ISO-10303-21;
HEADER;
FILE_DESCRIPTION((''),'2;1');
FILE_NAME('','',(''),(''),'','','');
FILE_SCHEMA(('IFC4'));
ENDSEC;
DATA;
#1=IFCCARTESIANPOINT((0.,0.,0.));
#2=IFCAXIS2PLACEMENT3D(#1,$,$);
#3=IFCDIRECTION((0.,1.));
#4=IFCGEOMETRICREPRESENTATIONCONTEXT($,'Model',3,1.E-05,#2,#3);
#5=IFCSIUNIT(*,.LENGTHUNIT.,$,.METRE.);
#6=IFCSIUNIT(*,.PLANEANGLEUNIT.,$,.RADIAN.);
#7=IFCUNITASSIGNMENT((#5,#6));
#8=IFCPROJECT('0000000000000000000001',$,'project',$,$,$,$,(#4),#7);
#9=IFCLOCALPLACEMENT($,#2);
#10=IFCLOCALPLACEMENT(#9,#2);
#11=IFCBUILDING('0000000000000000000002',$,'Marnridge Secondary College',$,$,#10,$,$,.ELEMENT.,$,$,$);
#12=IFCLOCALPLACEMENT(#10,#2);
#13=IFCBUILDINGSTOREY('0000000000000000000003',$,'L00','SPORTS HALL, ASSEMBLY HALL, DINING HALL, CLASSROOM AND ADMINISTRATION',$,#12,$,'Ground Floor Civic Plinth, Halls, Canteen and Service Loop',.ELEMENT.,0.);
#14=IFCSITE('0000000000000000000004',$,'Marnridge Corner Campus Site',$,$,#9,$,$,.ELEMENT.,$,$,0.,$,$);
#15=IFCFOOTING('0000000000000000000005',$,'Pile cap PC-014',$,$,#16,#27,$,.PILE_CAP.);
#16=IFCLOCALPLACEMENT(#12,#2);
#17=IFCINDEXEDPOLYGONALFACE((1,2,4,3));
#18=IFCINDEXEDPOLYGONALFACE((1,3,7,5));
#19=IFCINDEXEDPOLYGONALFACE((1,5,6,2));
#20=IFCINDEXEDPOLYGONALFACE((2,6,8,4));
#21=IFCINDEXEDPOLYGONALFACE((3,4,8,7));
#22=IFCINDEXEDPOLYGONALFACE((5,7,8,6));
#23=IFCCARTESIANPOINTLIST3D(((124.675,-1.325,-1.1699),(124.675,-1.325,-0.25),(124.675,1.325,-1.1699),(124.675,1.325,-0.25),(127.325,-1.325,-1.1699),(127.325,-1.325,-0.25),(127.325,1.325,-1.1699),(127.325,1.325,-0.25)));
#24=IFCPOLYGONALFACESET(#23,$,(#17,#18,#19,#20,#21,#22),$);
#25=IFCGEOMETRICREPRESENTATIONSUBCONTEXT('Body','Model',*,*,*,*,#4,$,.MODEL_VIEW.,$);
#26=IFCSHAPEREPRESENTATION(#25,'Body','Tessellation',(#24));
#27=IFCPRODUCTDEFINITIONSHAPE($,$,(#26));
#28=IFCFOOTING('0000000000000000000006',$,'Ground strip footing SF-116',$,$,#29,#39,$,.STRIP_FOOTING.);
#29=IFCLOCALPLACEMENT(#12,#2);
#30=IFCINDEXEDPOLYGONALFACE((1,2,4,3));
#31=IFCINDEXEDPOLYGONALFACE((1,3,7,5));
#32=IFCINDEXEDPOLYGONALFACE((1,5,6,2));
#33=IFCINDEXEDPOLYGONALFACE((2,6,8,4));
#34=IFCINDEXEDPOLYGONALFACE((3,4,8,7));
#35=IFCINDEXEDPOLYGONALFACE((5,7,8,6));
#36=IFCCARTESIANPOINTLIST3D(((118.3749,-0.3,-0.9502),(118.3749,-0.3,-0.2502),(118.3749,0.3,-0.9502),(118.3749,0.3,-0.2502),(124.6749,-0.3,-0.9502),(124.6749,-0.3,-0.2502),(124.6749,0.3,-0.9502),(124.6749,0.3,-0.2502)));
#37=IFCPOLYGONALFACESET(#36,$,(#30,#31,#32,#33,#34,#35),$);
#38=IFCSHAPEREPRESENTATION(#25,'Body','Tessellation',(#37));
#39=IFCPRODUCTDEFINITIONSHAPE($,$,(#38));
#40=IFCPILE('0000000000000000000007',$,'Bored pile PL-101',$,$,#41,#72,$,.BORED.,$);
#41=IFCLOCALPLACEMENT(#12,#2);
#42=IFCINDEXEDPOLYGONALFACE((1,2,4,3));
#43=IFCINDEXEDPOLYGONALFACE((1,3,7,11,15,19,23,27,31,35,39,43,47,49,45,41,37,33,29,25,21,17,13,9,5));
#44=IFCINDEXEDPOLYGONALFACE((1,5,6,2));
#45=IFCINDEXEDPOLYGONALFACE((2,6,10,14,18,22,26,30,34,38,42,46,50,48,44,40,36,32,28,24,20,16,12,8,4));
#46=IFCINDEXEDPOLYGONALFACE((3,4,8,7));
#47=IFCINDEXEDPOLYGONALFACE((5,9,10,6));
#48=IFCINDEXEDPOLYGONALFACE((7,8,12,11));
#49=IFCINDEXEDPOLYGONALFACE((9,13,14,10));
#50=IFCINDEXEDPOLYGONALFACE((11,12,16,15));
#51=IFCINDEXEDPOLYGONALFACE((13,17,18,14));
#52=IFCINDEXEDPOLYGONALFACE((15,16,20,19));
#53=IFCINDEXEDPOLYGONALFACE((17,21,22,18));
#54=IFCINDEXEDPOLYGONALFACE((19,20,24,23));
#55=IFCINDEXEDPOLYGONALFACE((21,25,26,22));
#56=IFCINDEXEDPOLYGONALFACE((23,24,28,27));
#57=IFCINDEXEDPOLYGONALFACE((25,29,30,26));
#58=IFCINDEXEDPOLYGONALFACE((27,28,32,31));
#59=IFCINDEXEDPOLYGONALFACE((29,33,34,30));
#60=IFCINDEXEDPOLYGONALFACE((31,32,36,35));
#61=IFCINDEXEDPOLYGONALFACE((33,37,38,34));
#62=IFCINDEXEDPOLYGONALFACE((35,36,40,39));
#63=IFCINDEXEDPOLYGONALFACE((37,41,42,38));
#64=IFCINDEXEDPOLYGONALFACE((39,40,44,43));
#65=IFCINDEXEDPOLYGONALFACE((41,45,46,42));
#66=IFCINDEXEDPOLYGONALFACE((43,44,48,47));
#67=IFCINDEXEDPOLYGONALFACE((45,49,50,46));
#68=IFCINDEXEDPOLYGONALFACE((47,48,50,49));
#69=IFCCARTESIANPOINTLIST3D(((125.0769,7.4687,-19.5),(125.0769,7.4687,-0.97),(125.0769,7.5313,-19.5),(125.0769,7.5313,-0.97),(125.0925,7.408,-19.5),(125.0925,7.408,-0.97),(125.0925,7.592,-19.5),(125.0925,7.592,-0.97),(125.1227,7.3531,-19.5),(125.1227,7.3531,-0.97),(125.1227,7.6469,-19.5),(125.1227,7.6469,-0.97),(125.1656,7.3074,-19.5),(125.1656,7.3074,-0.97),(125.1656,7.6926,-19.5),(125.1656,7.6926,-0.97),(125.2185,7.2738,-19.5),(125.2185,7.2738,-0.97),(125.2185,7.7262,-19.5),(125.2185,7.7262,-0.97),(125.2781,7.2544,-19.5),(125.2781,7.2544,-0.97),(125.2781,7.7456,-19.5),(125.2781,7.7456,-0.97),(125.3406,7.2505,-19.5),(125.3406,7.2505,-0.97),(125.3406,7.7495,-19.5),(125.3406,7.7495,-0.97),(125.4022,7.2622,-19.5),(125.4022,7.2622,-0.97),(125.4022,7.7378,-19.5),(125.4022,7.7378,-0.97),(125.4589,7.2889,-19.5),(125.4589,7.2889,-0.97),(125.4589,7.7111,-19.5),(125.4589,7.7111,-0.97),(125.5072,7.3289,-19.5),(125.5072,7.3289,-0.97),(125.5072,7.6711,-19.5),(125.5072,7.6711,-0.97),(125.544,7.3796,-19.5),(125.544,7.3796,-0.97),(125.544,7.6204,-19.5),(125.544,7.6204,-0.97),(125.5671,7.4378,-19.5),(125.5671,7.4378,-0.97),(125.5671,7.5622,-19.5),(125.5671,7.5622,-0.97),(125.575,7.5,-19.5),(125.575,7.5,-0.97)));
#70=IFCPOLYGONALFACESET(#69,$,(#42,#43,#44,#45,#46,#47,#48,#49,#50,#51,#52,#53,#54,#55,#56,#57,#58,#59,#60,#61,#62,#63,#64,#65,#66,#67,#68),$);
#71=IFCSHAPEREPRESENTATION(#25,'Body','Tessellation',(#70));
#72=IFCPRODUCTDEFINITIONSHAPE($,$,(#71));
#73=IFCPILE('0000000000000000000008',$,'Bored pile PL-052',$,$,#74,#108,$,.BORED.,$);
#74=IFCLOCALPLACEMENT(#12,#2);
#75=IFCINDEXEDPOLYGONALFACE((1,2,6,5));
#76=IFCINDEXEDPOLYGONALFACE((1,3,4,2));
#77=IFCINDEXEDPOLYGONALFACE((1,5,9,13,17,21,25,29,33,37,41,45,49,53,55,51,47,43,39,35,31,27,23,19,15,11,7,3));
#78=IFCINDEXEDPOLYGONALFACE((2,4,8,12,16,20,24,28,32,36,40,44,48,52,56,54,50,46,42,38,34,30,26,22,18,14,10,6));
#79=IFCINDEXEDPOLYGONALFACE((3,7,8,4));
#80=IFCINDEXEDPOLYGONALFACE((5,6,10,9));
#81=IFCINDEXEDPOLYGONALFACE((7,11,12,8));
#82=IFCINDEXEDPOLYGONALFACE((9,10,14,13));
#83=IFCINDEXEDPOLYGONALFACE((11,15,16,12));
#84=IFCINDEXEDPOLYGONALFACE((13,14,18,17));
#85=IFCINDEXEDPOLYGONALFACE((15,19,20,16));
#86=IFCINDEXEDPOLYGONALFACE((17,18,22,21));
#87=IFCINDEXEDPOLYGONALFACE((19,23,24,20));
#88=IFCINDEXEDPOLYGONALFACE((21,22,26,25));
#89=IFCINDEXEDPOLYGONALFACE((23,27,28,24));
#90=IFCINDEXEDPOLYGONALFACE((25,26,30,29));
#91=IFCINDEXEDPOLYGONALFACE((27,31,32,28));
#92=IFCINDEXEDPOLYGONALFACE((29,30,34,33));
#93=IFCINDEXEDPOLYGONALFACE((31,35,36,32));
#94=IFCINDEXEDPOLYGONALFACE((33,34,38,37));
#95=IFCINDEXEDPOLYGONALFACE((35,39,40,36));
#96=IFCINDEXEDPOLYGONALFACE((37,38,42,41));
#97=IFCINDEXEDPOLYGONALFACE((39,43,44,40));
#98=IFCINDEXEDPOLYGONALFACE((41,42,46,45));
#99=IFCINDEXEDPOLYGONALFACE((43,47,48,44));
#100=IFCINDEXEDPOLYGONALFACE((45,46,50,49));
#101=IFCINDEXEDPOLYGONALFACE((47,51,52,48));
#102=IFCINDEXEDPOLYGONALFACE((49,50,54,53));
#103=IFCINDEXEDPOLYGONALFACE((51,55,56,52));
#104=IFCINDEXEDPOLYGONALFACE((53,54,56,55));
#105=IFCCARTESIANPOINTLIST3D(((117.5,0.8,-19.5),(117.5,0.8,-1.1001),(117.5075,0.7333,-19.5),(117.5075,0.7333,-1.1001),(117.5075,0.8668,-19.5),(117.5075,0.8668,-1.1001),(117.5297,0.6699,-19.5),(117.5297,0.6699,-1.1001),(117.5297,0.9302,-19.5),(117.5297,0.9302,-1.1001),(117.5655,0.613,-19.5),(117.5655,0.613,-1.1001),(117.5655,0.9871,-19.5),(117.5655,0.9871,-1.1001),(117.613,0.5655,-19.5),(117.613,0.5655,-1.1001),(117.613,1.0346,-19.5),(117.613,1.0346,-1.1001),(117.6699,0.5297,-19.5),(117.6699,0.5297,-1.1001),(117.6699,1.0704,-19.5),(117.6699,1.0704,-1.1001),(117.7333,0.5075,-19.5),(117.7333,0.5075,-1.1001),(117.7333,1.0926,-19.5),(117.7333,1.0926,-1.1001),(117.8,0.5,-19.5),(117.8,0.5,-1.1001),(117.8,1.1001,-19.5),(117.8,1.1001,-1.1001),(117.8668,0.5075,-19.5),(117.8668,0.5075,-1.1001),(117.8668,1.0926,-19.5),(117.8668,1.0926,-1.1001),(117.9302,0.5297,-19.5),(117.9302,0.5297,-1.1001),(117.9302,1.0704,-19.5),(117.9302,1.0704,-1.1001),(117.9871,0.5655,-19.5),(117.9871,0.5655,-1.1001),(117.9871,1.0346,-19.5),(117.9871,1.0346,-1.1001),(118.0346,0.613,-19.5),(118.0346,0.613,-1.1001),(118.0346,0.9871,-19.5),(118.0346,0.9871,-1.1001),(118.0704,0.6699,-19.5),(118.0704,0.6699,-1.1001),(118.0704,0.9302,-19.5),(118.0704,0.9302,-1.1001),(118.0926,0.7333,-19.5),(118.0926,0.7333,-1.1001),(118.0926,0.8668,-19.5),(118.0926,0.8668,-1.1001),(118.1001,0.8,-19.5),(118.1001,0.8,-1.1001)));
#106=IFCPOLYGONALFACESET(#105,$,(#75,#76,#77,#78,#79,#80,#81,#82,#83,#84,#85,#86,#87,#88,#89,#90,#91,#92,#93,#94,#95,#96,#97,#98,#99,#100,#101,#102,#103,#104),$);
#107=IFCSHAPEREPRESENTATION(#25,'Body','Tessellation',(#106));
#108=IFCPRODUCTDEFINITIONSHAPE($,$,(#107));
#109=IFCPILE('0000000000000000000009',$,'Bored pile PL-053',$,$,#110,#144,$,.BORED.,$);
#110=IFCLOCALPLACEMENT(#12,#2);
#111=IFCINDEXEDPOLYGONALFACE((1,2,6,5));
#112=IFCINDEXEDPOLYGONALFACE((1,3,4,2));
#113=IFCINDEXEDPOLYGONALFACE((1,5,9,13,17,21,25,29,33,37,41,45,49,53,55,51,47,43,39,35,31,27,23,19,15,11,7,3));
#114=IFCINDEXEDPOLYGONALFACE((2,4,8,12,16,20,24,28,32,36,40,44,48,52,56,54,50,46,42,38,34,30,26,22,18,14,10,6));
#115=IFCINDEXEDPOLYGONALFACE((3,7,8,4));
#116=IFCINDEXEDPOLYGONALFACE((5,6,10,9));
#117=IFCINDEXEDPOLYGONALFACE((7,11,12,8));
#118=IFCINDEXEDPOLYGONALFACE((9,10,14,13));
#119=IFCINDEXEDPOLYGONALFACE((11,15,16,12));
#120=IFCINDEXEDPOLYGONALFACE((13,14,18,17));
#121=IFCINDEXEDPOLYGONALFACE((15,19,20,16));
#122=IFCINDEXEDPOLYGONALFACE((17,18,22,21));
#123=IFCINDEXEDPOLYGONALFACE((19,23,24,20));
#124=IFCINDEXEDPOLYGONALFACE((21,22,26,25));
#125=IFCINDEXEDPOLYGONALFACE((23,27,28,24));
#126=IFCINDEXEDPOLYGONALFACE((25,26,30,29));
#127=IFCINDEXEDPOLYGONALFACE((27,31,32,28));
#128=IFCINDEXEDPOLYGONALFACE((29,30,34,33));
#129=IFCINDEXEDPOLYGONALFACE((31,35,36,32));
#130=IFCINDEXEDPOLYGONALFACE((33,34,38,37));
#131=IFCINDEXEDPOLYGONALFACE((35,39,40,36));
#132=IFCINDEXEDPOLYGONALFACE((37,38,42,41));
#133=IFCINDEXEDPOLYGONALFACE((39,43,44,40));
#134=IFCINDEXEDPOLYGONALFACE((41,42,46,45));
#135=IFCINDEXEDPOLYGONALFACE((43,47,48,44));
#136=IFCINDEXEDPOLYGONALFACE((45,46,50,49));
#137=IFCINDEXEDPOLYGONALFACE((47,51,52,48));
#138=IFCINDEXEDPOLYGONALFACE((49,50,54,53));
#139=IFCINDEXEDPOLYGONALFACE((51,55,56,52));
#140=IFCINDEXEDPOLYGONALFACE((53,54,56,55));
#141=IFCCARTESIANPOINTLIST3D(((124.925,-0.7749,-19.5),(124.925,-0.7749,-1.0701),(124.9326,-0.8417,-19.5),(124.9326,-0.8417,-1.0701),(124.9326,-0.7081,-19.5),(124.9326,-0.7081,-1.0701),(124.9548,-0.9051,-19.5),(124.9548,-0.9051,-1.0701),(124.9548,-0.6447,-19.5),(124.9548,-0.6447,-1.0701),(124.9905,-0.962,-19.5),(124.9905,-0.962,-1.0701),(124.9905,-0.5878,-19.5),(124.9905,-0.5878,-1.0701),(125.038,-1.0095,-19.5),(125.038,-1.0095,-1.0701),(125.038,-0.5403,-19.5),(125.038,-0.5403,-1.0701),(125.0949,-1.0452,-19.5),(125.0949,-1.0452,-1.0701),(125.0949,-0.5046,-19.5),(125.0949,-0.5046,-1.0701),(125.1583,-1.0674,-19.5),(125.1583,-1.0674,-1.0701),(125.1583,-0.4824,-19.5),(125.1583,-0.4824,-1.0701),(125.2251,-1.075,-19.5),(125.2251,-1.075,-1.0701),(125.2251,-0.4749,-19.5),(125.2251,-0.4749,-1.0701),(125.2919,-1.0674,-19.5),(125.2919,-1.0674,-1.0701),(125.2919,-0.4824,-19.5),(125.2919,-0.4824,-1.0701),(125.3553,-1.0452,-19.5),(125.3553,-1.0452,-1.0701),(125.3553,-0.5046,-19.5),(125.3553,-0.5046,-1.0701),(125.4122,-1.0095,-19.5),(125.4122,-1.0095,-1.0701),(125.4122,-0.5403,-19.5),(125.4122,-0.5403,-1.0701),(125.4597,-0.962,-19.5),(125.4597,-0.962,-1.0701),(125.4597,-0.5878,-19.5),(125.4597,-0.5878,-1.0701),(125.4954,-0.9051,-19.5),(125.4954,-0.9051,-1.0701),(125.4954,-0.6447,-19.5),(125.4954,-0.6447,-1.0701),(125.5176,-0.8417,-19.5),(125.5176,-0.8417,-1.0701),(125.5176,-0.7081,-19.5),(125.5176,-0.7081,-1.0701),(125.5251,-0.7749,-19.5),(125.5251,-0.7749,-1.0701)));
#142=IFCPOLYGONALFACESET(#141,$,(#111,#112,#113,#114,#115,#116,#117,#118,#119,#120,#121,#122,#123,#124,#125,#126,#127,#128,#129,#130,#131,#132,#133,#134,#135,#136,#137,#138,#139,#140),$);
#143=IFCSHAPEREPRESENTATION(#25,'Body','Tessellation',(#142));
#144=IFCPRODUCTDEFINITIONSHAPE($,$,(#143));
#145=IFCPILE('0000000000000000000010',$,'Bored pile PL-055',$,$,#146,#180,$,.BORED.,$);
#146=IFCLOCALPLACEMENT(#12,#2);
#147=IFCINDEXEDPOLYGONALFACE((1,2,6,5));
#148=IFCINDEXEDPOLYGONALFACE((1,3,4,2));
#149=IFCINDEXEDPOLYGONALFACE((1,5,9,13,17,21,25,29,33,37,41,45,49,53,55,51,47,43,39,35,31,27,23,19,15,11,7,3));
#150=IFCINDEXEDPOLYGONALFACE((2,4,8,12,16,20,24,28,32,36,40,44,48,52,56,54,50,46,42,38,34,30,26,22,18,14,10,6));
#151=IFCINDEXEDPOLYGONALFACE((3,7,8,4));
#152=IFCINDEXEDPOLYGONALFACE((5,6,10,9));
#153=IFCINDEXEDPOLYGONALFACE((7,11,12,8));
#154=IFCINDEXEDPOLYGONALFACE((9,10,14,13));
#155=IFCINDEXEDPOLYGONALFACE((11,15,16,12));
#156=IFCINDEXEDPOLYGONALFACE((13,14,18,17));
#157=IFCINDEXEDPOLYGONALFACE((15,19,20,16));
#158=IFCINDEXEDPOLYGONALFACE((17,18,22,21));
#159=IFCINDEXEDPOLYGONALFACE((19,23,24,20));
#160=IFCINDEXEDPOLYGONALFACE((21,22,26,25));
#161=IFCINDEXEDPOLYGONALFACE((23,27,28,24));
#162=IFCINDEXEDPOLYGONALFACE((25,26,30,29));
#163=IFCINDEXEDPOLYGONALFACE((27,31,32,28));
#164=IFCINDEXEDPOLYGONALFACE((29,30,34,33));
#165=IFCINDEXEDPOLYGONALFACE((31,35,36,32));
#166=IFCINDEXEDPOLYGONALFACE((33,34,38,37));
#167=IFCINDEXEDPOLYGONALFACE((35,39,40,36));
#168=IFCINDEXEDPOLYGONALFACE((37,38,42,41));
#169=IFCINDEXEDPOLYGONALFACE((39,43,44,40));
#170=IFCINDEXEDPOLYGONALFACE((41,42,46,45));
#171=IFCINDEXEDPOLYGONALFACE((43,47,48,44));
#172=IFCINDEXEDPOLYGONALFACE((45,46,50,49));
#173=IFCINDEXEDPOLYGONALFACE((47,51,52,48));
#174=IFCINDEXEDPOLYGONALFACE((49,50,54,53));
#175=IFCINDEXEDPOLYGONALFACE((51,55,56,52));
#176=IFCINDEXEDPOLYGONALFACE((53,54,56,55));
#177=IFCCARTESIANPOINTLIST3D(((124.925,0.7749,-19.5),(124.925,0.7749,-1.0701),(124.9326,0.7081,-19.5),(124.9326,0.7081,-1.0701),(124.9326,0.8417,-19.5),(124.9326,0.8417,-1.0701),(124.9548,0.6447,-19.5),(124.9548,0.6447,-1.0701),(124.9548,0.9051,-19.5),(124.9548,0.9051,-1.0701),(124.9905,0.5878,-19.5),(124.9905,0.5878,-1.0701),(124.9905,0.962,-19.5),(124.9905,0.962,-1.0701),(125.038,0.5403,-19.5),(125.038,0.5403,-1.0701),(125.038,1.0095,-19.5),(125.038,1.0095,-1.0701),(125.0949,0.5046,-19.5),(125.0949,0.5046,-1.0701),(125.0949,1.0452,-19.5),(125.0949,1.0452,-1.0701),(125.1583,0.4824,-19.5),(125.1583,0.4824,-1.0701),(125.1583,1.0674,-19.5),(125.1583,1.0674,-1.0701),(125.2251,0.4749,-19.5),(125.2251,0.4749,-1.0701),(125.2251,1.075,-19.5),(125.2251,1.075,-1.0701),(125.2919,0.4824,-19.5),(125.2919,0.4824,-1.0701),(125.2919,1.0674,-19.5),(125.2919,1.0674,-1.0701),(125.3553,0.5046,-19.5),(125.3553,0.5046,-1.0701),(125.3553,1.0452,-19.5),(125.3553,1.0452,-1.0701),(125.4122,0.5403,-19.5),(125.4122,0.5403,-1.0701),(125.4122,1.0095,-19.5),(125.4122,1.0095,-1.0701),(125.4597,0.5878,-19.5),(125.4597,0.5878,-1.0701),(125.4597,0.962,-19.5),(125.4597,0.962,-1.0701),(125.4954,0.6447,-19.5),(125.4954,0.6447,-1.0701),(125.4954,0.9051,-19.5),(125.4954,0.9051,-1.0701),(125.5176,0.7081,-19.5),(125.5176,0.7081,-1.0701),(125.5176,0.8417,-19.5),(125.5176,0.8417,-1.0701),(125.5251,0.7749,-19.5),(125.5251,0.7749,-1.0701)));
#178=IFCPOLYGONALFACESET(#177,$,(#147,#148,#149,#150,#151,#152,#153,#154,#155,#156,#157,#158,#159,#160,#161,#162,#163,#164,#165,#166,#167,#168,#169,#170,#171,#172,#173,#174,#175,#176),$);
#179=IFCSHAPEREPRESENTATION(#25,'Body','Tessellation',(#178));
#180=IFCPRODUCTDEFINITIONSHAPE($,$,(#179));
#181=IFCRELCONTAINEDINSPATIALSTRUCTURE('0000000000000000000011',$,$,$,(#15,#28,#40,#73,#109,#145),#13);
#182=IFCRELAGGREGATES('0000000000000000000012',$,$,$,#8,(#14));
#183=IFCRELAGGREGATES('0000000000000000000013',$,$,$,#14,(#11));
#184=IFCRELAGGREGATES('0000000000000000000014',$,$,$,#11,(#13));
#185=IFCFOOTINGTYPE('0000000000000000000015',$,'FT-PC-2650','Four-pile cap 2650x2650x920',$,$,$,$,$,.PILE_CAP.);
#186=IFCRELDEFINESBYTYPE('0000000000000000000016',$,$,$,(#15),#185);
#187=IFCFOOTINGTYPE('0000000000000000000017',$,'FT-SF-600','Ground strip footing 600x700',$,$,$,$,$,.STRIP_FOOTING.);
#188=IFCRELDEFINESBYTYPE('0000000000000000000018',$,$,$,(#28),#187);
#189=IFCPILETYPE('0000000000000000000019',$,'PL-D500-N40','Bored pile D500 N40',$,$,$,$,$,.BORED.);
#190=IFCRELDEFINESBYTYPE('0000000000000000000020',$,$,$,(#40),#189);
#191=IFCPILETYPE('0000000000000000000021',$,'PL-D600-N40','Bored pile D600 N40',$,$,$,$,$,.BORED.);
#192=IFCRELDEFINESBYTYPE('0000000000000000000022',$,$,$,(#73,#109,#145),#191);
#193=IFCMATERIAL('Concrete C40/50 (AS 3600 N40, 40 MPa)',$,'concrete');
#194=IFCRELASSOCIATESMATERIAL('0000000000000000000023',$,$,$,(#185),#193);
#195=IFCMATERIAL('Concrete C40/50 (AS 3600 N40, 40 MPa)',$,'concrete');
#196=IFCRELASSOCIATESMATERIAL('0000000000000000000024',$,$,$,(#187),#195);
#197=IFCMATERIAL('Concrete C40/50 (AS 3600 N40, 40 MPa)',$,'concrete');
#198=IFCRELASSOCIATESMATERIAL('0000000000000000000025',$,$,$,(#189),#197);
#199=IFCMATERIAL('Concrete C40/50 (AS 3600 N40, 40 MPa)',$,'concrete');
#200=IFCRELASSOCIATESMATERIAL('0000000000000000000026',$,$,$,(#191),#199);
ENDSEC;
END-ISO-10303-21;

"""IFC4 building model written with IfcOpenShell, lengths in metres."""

from ifc_helpers import new_model, si_unit, direction, frame, origin, origin_2d, place, context, subcontext, project, spatial, rectangle, circle, extrude, material, material_profile, profile_set, type_object, element, save


model = new_model("IFC4")

# Units and contexts
model_context = context("Model", 3, precision=1e-05, world=origin(), true_north=direction((0.0, 1.0)))
body_context = subcontext(model_context, "Body", "Model", "MODEL_VIEW")
ifc_project = project(units=[si_unit("LENGTHUNIT", "METRE"), si_unit("PLANEANGLEUNIT", "RADIAN")], contexts=[model_context])

# Site, building, storey
site_placement = place(None, origin())
site = spatial("IfcSite", under=ifc_project, at=site_placement, Name="Marnridge Corner Campus Site", CompositionType="ELEMENT", RefElevation=0.0)
building_placement = place(site_placement, origin())
building = spatial("IfcBuilding", under=site, at=building_placement, Name="Marnridge Secondary College", CompositionType="ELEMENT")
storey_placement = place(building_placement, origin())
storey = spatial("IfcBuildingStorey", under=building, at=storey_placement, Name="L00", Description="SPORTS HALL, ASSEMBLY HALL, DINING HALL, CLASSROOM AND ADMINISTRATION", LongName="Ground Floor Civic Plinth, Halls, Canteen and Service Loop", CompositionType="ELEMENT", Elevation=0.0)

# Footings
ifc_material_1 = material(Name="Concrete C40/50 (AS 3600 N40, 40 MPa)", Category="concrete")
footing_type_1 = type_object("IfcFootingType", Name="FT-PC-2650", Description="Four-pile cap 2650x2650x920", PredefinedType="PILE_CAP", material=ifc_material_1)
footing_1_placement = place(storey_placement, frame((126.0, 0.0, -1.1699), z_axis=(0.0, 0.0, 1.0), x_axis=(1.0, 0.0, 0.0)))
element("IfcFooting", 1, at=footing_1_placement, inside=storey, type_object=footing_type_1, Name="Pile cap PC-014", PredefinedType="PILE_CAP", context=body_context, shape_type="SweptSolid", body=[
    extrude(rectangle(XDim=2.6499, YDim=2.6499, at=origin_2d()), origin(), (0.0, 0.0, 1.0), 0.9199),
])
ifc_material_2 = material(Name="Concrete C40/50 (AS 3600 N40, 40 MPa)", Category="concrete")
footing_type_2 = type_object("IfcFootingType", Name="FT-SF-600", Description="Ground strip footing 600x700", PredefinedType="STRIP_FOOTING", material=ifc_material_2)
footing_2_placement = place(storey_placement, frame((121.5249, 0.0, -0.9502), z_axis=(0.0, 0.0, 1.0), x_axis=(1.0, 0.0, 0.0)))
element("IfcFooting", 2, at=footing_2_placement, inside=storey, type_object=footing_type_2, Name="Ground strip footing SF-116", PredefinedType="STRIP_FOOTING", context=body_context, shape_type="SweptSolid", body=[
    extrude(rectangle(XDim=6.3, YDim=0.6001, at=origin_2d()), origin(), (0.0, 0.0, 1.0), 0.7),
])

# Piles
ifc_material_3 = material(Name="Concrete C40/50 (AS 3600 N40, 40 MPa)", Category="concrete")
ifc_material_profile_1 = material_profile(ifc_material_3, circle(Radius=0.25, at=origin_2d()), Name="PILE D500")
ifc_profile_set_1 = profile_set([ifc_material_profile_1], Name="Concrete C40/50 (AS 3600 N40, 40 MPa)")
pile_type_1 = type_object("IfcPileType", Name="PL-D500-N40", Description="Bored pile D500 N40", PredefinedType="BORED", material=ifc_profile_set_1)
pile_1_placement = place(storey_placement, frame((125.325, 7.5, -0.97), z_axis=(0.0, 0.0, -1.0), x_axis=(1.0, 0.0, 0.0)))
element("IfcPile", 3, at=pile_1_placement, inside=storey, type_object=pile_type_1, Name="Bored pile PL-101", PredefinedType="BORED", context=body_context, shape_type="SweptSolid", body=[
    extrude(circle(Radius=0.25, at=origin_2d()), origin(), (0.0, 0.0, 1.0), 18.53),
])
ifc_material_4 = material(Name="Concrete C40/50 (AS 3600 N40, 40 MPa)", Category="concrete")
ifc_material_profile_2 = material_profile(ifc_material_4, circle(Radius=0.3, at=origin_2d()), Name="PILE D600")
ifc_profile_set_2 = profile_set([ifc_material_profile_2], Name="Concrete C40/50 (AS 3600 N40, 40 MPa)")
pile_type_2 = type_object("IfcPileType", Name="PL-D600-N40", Description="Bored pile D600 N40", PredefinedType="BORED", material=ifc_profile_set_2)
pile_2_placement = place(storey_placement, frame((117.8, 0.8, -1.1001), z_axis=(0.0, 0.0, -1.0), x_axis=(1.0, 0.0, 0.0)))
element("IfcPile", 4, at=pile_2_placement, inside=storey, type_object=pile_type_2, Name="Bored pile PL-052", PredefinedType="BORED", context=body_context, shape_type="SweptSolid", body=[
    extrude(circle(Radius=0.3, at=origin_2d()), origin(), (0.0, 0.0, 1.0), 18.3999),
])
for number, where, z_axis, x_axis, name in (
    (5, (125.2251, -0.7749, -1.0701), (0.0, 0.0, -1.0), (1.0, 0.0, 0.0), "Bored pile PL-053"),
    (6, (125.2251, 0.7749, -1.0701), (0.0, 0.0, -1.0), (1.0, 0.0, 0.0), "Bored pile PL-055"),
):
    element("IfcPile", number, at=place(storey_placement, frame(where, z_axis=z_axis, x_axis=x_axis)), inside=storey, type_object=pile_type_2, Name=name, PredefinedType="BORED", context=body_context, shape_type="SweptSolid", body=[
        extrude(circle(Radius=0.3, at=origin_2d()), origin(), (0.0, 0.0, 1.0), 18.4299),
    ])

save(model, "model.ifc")
